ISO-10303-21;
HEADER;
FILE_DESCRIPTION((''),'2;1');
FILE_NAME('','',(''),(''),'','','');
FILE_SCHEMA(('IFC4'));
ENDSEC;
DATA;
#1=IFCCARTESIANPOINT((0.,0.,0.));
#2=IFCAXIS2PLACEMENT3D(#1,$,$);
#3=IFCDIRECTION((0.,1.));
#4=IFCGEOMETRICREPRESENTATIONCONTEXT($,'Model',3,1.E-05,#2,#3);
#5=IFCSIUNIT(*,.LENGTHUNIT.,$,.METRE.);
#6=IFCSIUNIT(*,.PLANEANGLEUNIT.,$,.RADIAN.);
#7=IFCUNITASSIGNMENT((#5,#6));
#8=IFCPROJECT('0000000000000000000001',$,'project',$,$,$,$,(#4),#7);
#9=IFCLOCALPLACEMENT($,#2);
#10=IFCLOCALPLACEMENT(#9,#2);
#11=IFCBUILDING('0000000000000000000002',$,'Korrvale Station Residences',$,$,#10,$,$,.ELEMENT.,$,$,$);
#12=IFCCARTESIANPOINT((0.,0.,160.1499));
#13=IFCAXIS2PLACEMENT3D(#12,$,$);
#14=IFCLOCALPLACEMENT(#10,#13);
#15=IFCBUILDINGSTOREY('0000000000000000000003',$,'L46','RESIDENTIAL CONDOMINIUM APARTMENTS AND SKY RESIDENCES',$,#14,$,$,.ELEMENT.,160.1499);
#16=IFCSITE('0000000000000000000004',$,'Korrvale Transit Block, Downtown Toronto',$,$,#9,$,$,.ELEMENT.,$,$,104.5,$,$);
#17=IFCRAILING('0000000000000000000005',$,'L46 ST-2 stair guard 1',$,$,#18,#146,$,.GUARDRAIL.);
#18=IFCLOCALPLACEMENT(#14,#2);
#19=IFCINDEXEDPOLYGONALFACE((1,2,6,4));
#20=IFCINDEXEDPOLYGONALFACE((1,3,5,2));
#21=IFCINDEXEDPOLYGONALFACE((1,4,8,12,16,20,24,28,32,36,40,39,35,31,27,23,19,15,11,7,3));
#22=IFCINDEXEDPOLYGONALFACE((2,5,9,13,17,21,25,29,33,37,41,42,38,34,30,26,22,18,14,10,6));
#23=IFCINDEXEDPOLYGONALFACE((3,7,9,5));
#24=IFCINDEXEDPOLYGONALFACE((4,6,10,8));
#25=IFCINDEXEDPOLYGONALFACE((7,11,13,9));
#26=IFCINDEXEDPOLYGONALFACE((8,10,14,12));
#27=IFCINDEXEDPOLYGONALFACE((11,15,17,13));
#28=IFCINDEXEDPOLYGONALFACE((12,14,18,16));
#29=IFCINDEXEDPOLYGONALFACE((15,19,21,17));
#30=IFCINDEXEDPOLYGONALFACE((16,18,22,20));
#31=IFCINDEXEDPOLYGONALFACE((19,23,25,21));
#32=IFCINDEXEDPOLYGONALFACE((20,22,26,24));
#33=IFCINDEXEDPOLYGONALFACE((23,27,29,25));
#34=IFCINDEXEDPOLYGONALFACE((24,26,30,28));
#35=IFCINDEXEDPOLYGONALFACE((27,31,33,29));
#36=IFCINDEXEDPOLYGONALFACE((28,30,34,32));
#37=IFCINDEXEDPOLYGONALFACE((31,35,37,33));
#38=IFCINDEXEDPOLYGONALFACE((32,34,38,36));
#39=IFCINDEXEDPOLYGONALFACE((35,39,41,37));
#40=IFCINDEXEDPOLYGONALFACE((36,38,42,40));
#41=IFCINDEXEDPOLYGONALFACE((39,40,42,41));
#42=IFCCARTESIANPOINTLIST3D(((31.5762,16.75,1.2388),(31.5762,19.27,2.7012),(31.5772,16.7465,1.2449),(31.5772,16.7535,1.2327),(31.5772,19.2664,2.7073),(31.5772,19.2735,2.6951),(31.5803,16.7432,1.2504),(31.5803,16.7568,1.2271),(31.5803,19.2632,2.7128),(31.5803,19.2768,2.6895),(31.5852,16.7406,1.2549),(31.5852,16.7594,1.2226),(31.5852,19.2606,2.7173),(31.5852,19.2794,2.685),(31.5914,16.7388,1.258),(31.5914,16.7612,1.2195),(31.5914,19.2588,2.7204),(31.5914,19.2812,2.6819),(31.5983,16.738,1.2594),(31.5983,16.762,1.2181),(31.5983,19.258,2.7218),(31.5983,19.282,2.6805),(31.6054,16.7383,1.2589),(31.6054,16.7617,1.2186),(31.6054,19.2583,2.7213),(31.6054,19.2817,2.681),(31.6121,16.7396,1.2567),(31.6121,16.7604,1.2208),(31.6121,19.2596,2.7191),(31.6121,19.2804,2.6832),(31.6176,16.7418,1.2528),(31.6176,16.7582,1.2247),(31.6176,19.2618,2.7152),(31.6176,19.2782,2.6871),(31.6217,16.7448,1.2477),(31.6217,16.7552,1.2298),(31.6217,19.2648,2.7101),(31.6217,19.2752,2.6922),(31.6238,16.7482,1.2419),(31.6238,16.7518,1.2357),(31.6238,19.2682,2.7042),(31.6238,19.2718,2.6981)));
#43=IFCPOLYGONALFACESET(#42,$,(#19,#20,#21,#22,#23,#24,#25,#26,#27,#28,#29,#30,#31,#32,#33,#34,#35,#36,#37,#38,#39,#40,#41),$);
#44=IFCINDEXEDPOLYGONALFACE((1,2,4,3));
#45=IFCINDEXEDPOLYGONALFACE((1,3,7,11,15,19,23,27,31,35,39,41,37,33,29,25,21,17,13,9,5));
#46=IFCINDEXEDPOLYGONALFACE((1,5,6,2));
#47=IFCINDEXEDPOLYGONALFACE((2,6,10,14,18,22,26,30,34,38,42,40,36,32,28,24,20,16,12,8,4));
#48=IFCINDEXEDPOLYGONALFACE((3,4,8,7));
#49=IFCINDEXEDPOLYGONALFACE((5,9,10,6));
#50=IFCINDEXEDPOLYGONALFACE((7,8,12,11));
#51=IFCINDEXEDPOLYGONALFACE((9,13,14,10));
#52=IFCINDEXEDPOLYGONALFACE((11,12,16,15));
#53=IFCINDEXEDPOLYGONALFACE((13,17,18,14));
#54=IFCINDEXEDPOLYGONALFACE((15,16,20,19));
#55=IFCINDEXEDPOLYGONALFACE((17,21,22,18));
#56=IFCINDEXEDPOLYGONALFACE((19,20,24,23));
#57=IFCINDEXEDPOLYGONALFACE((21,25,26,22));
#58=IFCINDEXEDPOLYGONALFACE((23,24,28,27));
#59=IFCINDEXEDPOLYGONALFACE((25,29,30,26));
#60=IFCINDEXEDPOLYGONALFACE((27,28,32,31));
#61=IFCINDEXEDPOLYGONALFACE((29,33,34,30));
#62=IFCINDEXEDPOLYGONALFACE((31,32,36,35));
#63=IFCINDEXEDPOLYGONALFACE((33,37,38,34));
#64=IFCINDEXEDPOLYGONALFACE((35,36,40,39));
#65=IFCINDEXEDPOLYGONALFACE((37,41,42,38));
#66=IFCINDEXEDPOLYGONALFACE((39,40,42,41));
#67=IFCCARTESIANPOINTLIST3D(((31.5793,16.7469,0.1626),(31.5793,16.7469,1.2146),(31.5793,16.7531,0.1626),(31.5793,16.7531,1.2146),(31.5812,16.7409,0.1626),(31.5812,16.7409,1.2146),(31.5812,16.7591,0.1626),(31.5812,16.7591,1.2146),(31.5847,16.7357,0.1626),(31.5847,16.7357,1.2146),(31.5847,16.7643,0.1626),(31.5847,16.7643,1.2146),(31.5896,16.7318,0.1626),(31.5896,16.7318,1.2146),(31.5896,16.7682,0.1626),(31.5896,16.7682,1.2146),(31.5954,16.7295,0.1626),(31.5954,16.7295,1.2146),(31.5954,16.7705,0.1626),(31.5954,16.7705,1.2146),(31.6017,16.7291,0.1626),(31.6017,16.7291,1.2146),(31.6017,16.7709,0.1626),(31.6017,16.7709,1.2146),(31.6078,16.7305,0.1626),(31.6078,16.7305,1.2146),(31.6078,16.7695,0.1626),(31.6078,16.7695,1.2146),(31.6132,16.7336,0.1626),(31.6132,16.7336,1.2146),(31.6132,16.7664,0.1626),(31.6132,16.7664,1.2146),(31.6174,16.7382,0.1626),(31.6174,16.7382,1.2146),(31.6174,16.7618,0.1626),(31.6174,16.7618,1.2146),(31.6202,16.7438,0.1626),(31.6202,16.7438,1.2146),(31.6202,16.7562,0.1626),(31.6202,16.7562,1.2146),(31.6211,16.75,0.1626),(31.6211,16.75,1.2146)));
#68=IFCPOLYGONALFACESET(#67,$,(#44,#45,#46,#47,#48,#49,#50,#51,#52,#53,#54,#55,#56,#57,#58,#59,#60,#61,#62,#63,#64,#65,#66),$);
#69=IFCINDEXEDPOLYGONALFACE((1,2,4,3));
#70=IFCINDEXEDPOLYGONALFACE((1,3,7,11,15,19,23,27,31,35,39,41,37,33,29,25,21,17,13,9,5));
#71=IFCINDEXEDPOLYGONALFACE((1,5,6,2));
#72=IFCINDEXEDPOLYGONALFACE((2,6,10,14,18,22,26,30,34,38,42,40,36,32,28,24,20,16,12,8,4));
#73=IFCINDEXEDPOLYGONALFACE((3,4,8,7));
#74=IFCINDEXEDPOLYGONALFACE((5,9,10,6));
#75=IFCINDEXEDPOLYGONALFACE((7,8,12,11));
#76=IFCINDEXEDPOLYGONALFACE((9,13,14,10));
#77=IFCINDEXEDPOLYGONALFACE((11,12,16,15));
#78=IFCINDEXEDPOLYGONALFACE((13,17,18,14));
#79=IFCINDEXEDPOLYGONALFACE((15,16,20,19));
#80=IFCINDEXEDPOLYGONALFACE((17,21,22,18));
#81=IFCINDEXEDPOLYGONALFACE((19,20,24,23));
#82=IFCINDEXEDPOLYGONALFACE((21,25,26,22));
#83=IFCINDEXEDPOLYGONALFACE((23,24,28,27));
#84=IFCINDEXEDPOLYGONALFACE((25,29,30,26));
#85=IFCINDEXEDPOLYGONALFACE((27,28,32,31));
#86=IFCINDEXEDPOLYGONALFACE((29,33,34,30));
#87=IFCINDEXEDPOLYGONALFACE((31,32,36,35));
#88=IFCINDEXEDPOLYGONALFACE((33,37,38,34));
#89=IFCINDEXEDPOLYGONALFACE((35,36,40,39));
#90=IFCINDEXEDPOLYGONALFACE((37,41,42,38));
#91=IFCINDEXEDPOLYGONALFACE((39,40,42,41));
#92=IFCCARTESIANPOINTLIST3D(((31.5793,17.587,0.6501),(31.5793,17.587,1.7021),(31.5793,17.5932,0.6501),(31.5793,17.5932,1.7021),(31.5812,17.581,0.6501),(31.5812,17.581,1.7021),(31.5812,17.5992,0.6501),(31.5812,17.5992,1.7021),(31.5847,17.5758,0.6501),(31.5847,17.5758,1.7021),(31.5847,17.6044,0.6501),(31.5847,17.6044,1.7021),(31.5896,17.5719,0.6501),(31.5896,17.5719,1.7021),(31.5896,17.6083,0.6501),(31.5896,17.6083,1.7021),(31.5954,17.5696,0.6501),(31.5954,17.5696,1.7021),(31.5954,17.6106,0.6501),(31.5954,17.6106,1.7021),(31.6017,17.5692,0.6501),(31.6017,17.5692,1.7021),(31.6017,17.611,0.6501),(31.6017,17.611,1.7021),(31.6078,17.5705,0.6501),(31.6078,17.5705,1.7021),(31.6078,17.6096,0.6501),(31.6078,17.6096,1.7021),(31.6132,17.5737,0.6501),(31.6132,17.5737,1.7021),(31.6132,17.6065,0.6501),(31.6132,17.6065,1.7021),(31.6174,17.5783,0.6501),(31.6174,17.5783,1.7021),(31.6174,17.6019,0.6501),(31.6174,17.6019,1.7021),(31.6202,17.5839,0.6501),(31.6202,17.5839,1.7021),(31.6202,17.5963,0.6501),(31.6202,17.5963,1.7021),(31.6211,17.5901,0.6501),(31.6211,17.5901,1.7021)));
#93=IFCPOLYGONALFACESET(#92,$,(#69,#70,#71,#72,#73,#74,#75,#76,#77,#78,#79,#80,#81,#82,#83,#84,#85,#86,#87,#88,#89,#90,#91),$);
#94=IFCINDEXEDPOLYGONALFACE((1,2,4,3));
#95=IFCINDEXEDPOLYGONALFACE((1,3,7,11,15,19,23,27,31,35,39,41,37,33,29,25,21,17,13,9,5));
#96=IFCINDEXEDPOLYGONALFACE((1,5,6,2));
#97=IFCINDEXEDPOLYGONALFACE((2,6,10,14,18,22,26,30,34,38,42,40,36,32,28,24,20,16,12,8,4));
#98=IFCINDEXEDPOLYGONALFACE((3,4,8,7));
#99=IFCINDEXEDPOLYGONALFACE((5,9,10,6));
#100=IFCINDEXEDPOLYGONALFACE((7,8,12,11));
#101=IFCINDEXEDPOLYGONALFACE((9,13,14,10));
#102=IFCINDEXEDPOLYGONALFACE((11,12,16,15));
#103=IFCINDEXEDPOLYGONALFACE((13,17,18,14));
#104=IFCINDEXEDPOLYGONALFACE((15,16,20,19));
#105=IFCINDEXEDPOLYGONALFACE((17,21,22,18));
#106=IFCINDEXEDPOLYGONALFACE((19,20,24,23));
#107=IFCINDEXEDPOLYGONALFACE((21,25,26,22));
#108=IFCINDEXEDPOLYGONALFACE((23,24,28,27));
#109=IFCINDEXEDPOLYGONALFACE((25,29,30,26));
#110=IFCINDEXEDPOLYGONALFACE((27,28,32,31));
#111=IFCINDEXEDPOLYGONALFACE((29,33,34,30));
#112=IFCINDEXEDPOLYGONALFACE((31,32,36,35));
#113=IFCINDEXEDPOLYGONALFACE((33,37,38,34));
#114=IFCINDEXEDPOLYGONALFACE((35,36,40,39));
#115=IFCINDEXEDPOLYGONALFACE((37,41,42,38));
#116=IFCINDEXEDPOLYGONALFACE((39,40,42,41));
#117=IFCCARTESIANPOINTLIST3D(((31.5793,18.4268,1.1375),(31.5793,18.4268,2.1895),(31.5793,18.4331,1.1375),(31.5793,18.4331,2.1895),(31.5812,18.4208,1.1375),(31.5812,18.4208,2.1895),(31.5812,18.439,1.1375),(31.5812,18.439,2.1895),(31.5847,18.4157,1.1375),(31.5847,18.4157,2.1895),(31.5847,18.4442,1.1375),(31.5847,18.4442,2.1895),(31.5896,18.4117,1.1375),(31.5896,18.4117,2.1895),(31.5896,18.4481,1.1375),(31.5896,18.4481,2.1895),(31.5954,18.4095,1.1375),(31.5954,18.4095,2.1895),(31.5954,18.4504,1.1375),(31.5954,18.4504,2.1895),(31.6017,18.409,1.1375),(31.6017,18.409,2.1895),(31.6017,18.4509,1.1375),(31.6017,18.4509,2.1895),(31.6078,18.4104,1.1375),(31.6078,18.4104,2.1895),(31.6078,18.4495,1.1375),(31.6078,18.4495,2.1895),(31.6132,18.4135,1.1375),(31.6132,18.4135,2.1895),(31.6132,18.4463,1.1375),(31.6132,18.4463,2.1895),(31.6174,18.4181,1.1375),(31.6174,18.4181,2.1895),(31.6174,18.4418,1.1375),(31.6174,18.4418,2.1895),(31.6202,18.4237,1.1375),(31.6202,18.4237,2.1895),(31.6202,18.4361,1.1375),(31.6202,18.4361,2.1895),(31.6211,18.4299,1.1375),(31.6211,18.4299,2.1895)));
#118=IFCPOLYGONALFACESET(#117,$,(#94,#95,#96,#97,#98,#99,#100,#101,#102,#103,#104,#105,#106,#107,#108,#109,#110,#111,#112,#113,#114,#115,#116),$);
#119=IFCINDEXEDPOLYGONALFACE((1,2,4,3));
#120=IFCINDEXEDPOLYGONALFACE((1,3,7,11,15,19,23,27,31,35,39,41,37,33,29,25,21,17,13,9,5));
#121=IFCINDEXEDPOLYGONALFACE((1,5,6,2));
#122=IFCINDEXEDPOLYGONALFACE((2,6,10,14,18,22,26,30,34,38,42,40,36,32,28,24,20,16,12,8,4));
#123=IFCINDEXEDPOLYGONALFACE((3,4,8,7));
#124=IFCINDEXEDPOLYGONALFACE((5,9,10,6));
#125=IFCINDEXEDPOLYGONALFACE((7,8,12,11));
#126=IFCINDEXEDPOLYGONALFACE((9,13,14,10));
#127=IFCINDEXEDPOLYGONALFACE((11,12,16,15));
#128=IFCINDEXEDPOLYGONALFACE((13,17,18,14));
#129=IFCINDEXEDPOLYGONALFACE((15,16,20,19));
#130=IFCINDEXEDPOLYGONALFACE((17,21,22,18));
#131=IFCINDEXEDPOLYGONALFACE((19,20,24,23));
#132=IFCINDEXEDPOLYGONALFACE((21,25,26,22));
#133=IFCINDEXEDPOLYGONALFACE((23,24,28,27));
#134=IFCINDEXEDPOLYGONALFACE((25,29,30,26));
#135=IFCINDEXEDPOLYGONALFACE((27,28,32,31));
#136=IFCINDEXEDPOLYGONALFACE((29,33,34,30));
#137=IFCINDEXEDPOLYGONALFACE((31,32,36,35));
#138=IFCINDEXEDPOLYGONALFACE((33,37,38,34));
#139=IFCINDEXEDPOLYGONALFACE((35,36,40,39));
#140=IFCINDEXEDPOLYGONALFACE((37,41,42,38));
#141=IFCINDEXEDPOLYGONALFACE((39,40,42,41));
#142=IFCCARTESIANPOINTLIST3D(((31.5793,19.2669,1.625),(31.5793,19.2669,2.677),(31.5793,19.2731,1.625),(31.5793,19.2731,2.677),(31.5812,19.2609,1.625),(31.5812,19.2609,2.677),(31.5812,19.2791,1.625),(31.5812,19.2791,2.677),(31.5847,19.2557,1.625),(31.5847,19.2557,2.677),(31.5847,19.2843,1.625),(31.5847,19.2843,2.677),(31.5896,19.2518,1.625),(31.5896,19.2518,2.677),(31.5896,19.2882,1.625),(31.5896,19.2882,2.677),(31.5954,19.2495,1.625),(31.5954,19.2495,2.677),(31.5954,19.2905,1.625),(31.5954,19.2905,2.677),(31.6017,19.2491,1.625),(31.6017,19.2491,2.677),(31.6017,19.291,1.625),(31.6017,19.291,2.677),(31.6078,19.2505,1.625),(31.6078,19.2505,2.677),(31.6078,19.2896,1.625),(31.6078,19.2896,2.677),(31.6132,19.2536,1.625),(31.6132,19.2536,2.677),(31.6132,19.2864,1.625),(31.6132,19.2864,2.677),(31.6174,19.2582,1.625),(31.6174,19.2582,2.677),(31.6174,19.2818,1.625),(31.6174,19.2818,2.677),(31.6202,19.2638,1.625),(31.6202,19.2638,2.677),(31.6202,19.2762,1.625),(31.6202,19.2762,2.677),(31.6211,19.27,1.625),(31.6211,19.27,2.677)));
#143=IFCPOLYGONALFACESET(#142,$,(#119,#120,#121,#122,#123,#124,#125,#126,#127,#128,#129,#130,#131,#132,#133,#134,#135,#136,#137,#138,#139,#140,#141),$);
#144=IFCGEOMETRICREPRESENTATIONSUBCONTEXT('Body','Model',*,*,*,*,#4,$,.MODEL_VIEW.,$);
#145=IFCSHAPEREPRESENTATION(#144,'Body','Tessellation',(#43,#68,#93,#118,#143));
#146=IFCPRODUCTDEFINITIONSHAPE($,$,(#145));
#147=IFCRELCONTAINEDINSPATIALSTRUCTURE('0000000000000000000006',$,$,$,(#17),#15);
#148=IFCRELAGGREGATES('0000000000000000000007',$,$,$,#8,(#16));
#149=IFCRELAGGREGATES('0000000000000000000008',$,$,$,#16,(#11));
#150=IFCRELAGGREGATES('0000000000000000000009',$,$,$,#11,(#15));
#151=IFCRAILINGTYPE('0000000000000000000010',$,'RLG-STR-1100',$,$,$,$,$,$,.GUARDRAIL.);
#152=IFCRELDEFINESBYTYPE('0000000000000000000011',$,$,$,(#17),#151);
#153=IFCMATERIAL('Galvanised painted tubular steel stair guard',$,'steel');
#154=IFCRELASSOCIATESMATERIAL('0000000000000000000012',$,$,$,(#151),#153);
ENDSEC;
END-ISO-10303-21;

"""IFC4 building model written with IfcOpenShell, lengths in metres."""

from ifc_helpers import new_model, si_unit, direction, frame, origin, origin_2d, place, context, subcontext, project, spatial, circle, extrude, material, type_object, element, save


model = new_model("IFC4")

# Units and contexts
model_context = context("Model", 3, precision=1e-05, world=origin(), true_north=direction((0.0, 1.0)))
body_context = subcontext(model_context, "Body", "Model", "MODEL_VIEW")
ifc_project = project(units=[si_unit("LENGTHUNIT", "METRE"), si_unit("PLANEANGLEUNIT", "RADIAN")], contexts=[model_context])

# Site, building, storey
site_placement = place(None, origin())
site = spatial("IfcSite", under=ifc_project, at=site_placement, Name="Korrvale Transit Block, Downtown Toronto", CompositionType="ELEMENT", RefElevation=104.5)
building_placement = place(site_placement, origin())
building = spatial("IfcBuilding", under=site, at=building_placement, Name="Korrvale Station Residences", CompositionType="ELEMENT")
storey_placement = place(building_placement, frame((0.0, 0.0, 160.1499)))
storey = spatial("IfcBuildingStorey", under=building, at=storey_placement, Name="L46", Description="RESIDENTIAL CONDOMINIUM APARTMENTS AND SKY RESIDENCES", CompositionType="ELEMENT", Elevation=160.1499)

# Railing
ifc_material_1 = material(Name="Galvanised painted tubular steel stair guard", Category="steel")
railing_type_1 = type_object("IfcRailingType", Name="RLG-STR-1100", PredefinedType="GUARDRAIL", material=ifc_material_1)
railing_1_placement = place(storey_placement, frame((31.6001, 16.75, 0.1626)))
element("IfcRailing", 1, at=railing_1_placement, inside=storey, type_object=railing_type_1, Name="L46 ST-2 stair guard 1", PredefinedType="GUARDRAIL", context=body_context, shape_type="SweptSolid", body=[
    extrude(circle(Radius=0.0239, at=origin_2d()), frame((0.0, 0.0, 1.0762), z_axis=(0.0, 0.864913, 0.501921), x_axis=(-1.0, 0.0, 0.0)), (0.0, 0.0, 1.0), 2.9136),
    extrude(circle(Radius=0.021, at=origin_2d()), origin(), (0.0, 0.0, 1.0), 1.052),
    extrude(circle(Radius=0.021, at=origin_2d()), frame((0.0, 0.8401, 0.4875)), (0.0, 0.0, 1.0), 1.052),
    extrude(circle(Radius=0.021, at=origin_2d()), frame((0.0, 1.6799, 0.9749)), (0.0, 0.0, 1.0), 1.052),
    extrude(circle(Radius=0.021, at=origin_2d()), frame((0.0, 2.52, 1.4624)), (0.0, 0.0, 1.0), 1.052),
])

save(model, "model.ifc")
